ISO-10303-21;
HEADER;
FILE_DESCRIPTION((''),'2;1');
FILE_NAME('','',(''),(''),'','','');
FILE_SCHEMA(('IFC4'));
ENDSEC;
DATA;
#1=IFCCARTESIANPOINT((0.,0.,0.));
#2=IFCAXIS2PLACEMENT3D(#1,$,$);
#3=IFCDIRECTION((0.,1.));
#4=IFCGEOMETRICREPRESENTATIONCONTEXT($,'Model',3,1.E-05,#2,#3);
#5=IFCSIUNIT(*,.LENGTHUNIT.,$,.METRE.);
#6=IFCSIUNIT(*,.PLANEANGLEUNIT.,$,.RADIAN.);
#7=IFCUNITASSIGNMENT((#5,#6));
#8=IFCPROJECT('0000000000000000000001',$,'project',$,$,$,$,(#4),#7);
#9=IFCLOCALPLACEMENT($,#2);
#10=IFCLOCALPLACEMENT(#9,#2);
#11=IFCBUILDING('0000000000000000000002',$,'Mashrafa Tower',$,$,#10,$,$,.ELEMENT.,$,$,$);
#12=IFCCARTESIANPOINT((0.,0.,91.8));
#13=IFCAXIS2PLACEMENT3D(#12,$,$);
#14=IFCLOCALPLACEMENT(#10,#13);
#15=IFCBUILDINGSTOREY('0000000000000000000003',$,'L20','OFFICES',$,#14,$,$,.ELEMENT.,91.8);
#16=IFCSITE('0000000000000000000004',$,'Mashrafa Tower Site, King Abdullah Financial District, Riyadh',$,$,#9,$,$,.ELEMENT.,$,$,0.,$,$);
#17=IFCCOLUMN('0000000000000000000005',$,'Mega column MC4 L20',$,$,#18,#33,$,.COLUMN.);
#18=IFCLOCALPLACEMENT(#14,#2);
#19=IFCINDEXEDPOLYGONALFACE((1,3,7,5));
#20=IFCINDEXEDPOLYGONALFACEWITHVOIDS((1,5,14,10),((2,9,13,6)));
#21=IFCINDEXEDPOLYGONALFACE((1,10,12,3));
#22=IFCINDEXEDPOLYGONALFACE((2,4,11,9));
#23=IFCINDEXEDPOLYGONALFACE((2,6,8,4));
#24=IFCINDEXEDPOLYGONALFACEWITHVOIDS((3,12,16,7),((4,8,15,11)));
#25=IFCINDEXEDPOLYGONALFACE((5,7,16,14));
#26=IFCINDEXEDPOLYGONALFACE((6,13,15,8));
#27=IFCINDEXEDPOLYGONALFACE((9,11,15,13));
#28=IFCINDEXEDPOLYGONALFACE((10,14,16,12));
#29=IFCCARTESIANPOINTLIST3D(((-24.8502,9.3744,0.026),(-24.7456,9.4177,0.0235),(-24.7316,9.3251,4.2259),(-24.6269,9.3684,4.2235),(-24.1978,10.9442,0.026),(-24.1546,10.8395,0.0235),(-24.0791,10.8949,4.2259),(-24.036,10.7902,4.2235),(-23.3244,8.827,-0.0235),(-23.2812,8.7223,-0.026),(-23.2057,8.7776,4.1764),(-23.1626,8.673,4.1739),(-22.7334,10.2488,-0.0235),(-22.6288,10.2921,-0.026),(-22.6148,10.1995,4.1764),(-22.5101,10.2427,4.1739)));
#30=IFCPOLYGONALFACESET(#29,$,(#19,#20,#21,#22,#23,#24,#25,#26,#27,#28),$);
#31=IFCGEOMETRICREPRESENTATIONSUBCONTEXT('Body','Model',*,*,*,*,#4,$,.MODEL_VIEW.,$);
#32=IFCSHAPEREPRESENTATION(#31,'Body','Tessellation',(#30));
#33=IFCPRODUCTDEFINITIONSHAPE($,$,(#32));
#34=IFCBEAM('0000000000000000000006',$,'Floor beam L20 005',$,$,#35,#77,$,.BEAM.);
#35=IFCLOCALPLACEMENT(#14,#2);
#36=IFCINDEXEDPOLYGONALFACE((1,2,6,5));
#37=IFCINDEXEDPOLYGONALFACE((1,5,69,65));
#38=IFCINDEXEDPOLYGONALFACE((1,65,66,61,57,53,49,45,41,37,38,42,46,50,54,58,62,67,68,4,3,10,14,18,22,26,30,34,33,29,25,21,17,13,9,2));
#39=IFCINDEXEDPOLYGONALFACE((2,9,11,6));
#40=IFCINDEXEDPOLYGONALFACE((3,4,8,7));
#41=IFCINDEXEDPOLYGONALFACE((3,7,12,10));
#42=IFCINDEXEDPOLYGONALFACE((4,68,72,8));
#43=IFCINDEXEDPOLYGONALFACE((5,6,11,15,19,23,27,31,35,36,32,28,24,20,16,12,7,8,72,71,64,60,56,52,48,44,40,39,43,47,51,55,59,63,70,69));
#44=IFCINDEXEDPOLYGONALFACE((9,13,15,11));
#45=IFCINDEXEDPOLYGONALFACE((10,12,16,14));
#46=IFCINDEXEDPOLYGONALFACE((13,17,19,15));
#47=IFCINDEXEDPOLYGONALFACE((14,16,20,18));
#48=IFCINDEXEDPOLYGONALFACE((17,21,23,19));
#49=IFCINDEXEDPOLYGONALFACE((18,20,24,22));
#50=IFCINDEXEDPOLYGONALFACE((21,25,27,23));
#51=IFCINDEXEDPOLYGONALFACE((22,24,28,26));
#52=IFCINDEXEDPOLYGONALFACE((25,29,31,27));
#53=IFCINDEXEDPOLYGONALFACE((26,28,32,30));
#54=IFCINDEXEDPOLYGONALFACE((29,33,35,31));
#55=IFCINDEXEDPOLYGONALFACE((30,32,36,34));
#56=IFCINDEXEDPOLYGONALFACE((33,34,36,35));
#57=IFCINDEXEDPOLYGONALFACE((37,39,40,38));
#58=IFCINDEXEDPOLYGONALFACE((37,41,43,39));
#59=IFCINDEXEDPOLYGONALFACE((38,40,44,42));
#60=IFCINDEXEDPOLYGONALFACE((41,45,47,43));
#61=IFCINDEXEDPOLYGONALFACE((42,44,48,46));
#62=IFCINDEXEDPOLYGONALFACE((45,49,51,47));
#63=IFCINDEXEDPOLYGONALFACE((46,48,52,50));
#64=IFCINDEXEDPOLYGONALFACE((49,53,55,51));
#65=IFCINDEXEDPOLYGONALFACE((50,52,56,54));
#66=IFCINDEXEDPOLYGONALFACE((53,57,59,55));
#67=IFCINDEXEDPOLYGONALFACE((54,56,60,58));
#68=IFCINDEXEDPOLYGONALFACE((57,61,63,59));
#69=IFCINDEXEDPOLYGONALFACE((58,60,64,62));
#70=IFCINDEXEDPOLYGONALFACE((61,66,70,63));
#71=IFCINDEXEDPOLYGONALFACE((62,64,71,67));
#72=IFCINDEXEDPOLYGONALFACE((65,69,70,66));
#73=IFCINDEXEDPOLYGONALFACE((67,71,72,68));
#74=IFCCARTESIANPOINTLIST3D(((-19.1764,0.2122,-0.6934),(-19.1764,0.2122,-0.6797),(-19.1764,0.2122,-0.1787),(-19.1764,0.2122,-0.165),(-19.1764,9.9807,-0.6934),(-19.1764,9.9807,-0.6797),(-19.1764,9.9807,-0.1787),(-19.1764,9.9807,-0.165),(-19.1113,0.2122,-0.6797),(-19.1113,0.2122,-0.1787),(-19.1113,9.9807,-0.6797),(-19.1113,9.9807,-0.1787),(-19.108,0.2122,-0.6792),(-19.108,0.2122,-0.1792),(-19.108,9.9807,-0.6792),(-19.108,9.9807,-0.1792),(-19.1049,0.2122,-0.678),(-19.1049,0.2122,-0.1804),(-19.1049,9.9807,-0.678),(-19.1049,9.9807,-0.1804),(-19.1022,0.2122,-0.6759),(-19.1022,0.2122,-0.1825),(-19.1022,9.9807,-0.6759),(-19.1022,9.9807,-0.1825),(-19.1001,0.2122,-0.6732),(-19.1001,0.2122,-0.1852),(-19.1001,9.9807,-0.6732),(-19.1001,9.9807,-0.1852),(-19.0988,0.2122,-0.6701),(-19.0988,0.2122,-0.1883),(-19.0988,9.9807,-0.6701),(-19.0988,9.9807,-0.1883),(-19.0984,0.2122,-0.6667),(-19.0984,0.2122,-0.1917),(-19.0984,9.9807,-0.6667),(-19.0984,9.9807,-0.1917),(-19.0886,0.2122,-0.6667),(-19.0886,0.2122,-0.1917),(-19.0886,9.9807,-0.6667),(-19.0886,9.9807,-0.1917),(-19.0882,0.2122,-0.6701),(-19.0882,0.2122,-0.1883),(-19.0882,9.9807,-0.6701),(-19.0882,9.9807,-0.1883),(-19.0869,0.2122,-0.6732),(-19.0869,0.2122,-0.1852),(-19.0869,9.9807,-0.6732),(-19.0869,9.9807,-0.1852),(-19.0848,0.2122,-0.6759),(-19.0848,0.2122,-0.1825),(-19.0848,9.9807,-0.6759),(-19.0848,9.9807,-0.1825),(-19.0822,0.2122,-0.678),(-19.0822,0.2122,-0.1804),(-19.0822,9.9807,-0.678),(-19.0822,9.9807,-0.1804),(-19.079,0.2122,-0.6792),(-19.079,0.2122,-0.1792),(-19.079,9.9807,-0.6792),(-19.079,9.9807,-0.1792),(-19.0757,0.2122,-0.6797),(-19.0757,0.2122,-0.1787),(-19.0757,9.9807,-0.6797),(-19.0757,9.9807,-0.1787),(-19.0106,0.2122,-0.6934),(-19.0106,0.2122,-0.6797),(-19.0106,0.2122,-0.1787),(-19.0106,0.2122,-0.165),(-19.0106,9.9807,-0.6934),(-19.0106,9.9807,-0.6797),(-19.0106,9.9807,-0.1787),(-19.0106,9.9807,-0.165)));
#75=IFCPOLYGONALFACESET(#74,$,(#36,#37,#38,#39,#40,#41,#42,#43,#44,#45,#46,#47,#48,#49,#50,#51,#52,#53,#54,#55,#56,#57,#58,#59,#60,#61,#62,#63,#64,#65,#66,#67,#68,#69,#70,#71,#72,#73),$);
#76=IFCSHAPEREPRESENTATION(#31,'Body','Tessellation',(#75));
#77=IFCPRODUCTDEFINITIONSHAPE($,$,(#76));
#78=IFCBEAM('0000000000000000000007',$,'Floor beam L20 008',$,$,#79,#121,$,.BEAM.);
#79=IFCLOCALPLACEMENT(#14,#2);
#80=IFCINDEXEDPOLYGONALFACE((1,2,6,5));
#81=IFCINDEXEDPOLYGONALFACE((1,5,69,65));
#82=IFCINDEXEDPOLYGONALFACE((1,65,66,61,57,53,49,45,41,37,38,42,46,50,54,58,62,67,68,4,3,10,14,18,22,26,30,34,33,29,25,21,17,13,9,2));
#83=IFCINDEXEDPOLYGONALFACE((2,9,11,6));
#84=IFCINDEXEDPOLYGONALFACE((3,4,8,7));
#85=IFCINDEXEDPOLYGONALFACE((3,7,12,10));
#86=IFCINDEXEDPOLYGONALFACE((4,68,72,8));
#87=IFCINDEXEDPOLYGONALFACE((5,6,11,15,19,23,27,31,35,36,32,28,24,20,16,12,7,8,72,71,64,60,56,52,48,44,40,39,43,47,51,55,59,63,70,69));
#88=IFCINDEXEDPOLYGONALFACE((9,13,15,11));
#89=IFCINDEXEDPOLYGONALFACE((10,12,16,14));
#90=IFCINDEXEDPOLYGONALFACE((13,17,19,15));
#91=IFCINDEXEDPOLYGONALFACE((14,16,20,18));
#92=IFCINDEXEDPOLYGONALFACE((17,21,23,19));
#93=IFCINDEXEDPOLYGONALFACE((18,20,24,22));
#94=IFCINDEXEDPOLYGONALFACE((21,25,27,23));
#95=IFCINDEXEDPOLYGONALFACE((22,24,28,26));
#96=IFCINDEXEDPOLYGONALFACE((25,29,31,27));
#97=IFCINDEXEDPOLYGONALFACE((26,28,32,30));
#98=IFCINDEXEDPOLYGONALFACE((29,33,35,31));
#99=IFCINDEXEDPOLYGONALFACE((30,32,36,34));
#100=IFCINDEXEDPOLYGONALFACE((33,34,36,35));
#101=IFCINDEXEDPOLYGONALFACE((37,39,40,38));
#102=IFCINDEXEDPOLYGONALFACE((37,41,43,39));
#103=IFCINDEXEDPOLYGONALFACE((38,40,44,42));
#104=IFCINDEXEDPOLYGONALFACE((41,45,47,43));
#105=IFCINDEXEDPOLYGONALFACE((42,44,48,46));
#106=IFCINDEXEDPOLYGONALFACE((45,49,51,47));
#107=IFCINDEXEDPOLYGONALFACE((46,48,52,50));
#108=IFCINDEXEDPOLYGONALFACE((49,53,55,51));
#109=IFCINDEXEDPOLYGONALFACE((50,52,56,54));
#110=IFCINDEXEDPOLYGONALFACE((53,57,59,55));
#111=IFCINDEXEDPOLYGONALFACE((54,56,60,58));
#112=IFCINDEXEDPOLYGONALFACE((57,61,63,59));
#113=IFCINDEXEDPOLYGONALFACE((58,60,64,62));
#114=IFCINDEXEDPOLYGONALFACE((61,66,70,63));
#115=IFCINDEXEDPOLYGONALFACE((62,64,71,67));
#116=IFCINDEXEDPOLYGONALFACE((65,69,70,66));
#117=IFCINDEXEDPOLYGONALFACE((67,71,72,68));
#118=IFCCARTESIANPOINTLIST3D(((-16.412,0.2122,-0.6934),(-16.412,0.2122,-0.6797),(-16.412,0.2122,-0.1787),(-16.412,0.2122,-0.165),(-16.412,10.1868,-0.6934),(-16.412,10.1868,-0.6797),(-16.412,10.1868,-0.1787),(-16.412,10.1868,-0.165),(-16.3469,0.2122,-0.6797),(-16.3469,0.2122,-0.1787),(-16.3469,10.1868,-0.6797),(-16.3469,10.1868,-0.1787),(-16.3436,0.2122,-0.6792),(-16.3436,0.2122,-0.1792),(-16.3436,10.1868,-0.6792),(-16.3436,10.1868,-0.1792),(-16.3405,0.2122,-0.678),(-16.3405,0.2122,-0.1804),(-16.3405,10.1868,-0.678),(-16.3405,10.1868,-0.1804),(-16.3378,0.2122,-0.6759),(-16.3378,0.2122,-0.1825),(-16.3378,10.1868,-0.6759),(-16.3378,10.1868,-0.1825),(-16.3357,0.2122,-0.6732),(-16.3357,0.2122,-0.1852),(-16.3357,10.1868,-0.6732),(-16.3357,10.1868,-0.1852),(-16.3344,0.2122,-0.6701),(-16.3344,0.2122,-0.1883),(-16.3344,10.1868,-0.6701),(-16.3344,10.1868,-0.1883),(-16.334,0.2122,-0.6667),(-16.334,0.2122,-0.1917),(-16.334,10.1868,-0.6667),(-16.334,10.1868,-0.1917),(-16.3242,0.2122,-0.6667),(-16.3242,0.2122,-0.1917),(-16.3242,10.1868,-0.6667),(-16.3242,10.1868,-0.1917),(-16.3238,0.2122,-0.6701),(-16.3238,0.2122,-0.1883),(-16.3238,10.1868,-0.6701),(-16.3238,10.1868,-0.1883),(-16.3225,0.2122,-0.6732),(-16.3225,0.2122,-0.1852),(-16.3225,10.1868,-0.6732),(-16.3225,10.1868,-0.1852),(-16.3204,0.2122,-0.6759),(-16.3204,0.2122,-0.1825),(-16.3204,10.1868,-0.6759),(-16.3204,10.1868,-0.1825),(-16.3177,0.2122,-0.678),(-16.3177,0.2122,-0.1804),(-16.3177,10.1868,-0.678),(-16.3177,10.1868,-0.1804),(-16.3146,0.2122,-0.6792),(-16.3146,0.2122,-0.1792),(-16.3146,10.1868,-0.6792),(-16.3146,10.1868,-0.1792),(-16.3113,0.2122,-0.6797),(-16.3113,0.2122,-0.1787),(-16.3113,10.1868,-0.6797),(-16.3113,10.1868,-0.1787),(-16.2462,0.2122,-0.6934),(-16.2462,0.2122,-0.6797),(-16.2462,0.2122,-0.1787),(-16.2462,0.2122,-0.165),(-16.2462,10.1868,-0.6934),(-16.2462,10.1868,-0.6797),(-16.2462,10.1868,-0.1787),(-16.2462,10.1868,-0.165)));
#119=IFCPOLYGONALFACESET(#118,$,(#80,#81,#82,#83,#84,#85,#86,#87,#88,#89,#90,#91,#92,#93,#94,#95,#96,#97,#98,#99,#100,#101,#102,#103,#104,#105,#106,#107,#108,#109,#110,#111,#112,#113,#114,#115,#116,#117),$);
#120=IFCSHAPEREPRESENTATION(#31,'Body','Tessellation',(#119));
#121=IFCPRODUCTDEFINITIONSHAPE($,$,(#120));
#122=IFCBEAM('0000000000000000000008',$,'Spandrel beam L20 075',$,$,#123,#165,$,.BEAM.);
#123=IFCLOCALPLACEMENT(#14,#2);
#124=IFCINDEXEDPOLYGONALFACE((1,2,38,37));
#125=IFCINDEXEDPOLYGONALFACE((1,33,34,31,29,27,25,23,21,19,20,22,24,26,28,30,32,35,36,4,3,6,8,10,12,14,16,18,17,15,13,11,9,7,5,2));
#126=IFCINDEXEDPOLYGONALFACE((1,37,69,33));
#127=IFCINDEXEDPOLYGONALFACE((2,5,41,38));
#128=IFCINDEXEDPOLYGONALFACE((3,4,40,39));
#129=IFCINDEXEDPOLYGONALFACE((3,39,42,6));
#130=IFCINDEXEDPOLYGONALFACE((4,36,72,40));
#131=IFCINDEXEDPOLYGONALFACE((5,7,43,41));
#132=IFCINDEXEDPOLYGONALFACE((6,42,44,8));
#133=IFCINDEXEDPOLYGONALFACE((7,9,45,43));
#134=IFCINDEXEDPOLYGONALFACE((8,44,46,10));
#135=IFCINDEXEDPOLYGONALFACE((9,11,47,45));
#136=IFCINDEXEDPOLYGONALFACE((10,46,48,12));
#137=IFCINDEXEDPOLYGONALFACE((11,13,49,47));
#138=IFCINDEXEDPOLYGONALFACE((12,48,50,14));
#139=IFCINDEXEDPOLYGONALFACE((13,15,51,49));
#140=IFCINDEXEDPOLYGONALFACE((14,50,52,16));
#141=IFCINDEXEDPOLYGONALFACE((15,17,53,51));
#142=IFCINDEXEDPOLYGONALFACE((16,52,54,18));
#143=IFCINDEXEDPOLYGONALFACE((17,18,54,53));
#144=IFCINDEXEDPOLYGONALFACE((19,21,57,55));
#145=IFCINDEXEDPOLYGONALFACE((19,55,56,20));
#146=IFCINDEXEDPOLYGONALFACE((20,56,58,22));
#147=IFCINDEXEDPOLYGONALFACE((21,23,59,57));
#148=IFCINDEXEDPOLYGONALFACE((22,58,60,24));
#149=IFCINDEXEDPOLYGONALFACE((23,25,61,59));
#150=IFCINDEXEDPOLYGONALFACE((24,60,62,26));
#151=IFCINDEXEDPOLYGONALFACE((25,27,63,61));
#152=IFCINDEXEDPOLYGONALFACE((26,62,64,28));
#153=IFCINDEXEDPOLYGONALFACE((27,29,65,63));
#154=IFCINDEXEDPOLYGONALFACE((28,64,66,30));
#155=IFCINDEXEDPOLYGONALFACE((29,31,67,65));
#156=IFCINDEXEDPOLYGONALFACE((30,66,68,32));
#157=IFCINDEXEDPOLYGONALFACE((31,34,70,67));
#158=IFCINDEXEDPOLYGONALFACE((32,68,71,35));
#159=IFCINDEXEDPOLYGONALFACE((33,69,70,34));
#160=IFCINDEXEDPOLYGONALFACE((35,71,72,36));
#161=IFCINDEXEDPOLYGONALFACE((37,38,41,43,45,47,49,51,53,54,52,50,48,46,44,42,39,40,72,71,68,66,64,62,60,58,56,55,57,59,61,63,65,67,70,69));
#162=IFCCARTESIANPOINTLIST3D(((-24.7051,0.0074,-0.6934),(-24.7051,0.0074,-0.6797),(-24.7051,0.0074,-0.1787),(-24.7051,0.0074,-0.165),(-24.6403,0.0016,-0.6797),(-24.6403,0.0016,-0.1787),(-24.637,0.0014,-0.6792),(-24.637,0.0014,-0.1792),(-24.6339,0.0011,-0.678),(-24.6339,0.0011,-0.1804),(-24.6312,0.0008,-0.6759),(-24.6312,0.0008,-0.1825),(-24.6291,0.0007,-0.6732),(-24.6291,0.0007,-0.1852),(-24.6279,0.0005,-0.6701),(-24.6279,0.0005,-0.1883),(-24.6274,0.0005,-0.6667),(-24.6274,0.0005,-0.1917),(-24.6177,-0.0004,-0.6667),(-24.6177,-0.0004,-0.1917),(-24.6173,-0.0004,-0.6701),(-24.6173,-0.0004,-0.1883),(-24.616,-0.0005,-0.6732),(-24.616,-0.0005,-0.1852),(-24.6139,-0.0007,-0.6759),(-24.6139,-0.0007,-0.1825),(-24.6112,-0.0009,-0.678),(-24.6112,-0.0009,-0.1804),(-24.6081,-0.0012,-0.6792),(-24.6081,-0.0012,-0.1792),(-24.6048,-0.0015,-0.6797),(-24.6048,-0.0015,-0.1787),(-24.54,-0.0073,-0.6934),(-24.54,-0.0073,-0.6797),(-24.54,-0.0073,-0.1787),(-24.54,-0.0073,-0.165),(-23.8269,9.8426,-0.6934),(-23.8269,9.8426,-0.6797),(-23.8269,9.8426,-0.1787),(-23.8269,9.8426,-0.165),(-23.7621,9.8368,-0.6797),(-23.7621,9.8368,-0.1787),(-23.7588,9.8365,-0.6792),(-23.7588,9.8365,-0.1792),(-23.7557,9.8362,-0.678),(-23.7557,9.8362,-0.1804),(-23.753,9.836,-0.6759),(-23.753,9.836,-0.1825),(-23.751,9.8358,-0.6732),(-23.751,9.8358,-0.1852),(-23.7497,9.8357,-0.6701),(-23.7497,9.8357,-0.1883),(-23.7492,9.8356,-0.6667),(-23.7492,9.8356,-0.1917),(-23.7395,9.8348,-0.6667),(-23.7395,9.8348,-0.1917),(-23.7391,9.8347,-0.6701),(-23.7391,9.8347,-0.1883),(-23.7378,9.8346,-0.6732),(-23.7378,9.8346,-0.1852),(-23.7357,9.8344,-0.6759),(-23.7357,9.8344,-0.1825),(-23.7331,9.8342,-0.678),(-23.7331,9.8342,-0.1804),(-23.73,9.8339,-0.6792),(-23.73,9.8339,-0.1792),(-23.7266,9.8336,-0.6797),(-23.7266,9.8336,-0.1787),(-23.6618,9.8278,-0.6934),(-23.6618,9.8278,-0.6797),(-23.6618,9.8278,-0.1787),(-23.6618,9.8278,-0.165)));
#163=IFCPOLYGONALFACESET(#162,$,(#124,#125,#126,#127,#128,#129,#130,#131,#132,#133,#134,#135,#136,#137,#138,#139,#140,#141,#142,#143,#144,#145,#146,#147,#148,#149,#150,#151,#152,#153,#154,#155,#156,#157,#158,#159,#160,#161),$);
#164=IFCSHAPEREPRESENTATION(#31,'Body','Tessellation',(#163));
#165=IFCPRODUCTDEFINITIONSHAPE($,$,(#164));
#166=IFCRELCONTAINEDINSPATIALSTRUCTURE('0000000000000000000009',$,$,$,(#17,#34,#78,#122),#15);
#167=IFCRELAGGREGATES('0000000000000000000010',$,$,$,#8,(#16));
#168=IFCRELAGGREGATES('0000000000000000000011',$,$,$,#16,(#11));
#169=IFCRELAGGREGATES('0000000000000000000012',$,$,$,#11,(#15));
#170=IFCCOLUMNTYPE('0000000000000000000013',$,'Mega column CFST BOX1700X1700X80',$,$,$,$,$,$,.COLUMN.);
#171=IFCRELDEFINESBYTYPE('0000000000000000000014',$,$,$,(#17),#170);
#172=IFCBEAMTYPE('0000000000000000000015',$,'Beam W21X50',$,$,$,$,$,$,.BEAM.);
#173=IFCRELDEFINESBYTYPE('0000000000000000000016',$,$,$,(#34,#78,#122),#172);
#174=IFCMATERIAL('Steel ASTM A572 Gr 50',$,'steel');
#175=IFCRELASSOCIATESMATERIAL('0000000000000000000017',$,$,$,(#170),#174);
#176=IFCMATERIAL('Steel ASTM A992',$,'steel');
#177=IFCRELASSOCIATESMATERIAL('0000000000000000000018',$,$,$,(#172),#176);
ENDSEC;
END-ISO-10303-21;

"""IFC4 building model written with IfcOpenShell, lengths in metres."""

from ifc_helpers import new_model, si_unit, direction, frame, origin, origin_2d, place, context, subcontext, project, spatial, hollow_rectangle, i_section, extrude, material, material_profile, profile_set, type_object, element, save


model = new_model("IFC4")

# Units and contexts
model_context = context("Model", 3, precision=1e-05, world=origin(), true_north=direction((0.0, 1.0)))
body_context = subcontext(model_context, "Body", "Model", "MODEL_VIEW")
ifc_project = project(units=[si_unit("LENGTHUNIT", "METRE"), si_unit("PLANEANGLEUNIT", "RADIAN")], contexts=[model_context])

# Site, building, storey
site_placement = place(None, origin())
site = spatial("IfcSite", under=ifc_project, at=site_placement, Name="Mashrafa Tower Site, King Abdullah Financial District, Riyadh", CompositionType="ELEMENT", RefElevation=0.0)
building_placement = place(site_placement, origin())
building = spatial("IfcBuilding", under=site, at=building_placement, Name="Mashrafa Tower", CompositionType="ELEMENT")
storey_placement = place(building_placement, frame((0.0, 0.0, 91.8)))
storey = spatial("IfcBuildingStorey", under=building, at=storey_placement, Name="L20", Description="OFFICES", CompositionType="ELEMENT", Elevation=91.8)

# Column
ifc_material_1 = material(Name="Steel ASTM A572 Gr 50", Category="steel")
ifc_material_profile_1 = material_profile(ifc_material_1, hollow_rectangle(XDim=1.7, YDim=1.7, WallThickness=0.0801, at=origin_2d()), Name="BOX1700X1700X80")
ifc_profile_set_1 = profile_set([ifc_material_profile_1], Name="Steel ASTM A572 Gr 50")
column_type = type_object("IfcColumnType", Name="Mega column CFST BOX1700X1700X80", PredefinedType="COLUMN", material=ifc_profile_set_1)
column_placement = place(storey_placement, frame((-23.7395, 9.8333, 0.0), z_axis=(0.028238, -0.011737, 0.999532), x_axis=(0.383806, 0.923414, 0.0)))
element("IfcColumn", 1, at=column_placement, inside=storey, type_object=column_type, Name="Mega column MC4 L20", PredefinedType="COLUMN", context=body_context, shape_type="SweptSolid", body=[
    extrude(hollow_rectangle(XDim=1.7, YDim=1.7, WallThickness=0.0801, at=origin_2d()), origin(), (0.0, 0.0, 1.0), 4.2019),
])

# Beams
ifc_material_2 = material(Name="Steel ASTM A992", Category="steel")
ifc_material_profile_2 = material_profile(ifc_material_2, i_section(OverallWidth=0.1658, OverallDepth=0.5283, WebThickness=0.0098, FlangeThickness=0.0137, FilletRadius=0.0129, at=origin_2d()), Name="W21X50")
ifc_profile_set_2 = profile_set([ifc_material_profile_2], Name="Steel ASTM A992")
beam_type_1 = type_object("IfcBeamType", Name="Beam W21X50", PredefinedType="BEAM", material=ifc_profile_set_2)
beam_1_placement = place(storey_placement, frame((-19.0935, 0.2122, -0.4292), z_axis=(0.0, 1.0, 0.0), x_axis=(-1.0, 0.0, 0.0)))
element("IfcBeam", 2, at=beam_1_placement, inside=storey, type_object=beam_type_1, Name="Floor beam L20 005", PredefinedType="BEAM", context=body_context, shape_type="SweptSolid", body=[
    extrude(i_section(OverallWidth=0.1658, OverallDepth=0.5283, WebThickness=0.0098, FlangeThickness=0.0137, FilletRadius=0.0129, at=origin_2d()), origin(), (0.0, 0.0, 1.0), 9.7686),
])
beam_2_placement = place(storey_placement, frame((-16.3291, 0.2122, -0.4292), z_axis=(0.0, 1.0, 0.0), x_axis=(-1.0, 0.0, 0.0)))
element("IfcBeam", 3, at=beam_2_placement, inside=storey, type_object=beam_type_1, Name="Floor beam L20 008", PredefinedType="BEAM", context=body_context, shape_type="SweptSolid", body=[
    extrude(i_section(OverallWidth=0.1658, OverallDepth=0.5283, WebThickness=0.0098, FlangeThickness=0.0137, FilletRadius=0.0129, at=origin_2d()), origin(), (0.0, 0.0, 1.0), 9.9746),
])
beam_3_placement = place(storey_placement, frame((-23.7444, 9.8352, -0.4292), z_axis=(-0.088935, -0.996037, 0.0), x_axis=(0.996037, -0.088935, 0.0)))
element("IfcBeam", 4, at=beam_3_placement, inside=storey, type_object=beam_type_1, Name="Spandrel beam L20 075", PredefinedType="BEAM", context=body_context, shape_type="SweptSolid", body=[
    extrude(i_section(OverallWidth=0.1658, OverallDepth=0.5283, WebThickness=0.0098, FlangeThickness=0.0137, FilletRadius=0.0129, at=origin_2d()), origin(), (0.0, 0.0, 1.0), 9.8743),
])

save(model, "model.ifc")
